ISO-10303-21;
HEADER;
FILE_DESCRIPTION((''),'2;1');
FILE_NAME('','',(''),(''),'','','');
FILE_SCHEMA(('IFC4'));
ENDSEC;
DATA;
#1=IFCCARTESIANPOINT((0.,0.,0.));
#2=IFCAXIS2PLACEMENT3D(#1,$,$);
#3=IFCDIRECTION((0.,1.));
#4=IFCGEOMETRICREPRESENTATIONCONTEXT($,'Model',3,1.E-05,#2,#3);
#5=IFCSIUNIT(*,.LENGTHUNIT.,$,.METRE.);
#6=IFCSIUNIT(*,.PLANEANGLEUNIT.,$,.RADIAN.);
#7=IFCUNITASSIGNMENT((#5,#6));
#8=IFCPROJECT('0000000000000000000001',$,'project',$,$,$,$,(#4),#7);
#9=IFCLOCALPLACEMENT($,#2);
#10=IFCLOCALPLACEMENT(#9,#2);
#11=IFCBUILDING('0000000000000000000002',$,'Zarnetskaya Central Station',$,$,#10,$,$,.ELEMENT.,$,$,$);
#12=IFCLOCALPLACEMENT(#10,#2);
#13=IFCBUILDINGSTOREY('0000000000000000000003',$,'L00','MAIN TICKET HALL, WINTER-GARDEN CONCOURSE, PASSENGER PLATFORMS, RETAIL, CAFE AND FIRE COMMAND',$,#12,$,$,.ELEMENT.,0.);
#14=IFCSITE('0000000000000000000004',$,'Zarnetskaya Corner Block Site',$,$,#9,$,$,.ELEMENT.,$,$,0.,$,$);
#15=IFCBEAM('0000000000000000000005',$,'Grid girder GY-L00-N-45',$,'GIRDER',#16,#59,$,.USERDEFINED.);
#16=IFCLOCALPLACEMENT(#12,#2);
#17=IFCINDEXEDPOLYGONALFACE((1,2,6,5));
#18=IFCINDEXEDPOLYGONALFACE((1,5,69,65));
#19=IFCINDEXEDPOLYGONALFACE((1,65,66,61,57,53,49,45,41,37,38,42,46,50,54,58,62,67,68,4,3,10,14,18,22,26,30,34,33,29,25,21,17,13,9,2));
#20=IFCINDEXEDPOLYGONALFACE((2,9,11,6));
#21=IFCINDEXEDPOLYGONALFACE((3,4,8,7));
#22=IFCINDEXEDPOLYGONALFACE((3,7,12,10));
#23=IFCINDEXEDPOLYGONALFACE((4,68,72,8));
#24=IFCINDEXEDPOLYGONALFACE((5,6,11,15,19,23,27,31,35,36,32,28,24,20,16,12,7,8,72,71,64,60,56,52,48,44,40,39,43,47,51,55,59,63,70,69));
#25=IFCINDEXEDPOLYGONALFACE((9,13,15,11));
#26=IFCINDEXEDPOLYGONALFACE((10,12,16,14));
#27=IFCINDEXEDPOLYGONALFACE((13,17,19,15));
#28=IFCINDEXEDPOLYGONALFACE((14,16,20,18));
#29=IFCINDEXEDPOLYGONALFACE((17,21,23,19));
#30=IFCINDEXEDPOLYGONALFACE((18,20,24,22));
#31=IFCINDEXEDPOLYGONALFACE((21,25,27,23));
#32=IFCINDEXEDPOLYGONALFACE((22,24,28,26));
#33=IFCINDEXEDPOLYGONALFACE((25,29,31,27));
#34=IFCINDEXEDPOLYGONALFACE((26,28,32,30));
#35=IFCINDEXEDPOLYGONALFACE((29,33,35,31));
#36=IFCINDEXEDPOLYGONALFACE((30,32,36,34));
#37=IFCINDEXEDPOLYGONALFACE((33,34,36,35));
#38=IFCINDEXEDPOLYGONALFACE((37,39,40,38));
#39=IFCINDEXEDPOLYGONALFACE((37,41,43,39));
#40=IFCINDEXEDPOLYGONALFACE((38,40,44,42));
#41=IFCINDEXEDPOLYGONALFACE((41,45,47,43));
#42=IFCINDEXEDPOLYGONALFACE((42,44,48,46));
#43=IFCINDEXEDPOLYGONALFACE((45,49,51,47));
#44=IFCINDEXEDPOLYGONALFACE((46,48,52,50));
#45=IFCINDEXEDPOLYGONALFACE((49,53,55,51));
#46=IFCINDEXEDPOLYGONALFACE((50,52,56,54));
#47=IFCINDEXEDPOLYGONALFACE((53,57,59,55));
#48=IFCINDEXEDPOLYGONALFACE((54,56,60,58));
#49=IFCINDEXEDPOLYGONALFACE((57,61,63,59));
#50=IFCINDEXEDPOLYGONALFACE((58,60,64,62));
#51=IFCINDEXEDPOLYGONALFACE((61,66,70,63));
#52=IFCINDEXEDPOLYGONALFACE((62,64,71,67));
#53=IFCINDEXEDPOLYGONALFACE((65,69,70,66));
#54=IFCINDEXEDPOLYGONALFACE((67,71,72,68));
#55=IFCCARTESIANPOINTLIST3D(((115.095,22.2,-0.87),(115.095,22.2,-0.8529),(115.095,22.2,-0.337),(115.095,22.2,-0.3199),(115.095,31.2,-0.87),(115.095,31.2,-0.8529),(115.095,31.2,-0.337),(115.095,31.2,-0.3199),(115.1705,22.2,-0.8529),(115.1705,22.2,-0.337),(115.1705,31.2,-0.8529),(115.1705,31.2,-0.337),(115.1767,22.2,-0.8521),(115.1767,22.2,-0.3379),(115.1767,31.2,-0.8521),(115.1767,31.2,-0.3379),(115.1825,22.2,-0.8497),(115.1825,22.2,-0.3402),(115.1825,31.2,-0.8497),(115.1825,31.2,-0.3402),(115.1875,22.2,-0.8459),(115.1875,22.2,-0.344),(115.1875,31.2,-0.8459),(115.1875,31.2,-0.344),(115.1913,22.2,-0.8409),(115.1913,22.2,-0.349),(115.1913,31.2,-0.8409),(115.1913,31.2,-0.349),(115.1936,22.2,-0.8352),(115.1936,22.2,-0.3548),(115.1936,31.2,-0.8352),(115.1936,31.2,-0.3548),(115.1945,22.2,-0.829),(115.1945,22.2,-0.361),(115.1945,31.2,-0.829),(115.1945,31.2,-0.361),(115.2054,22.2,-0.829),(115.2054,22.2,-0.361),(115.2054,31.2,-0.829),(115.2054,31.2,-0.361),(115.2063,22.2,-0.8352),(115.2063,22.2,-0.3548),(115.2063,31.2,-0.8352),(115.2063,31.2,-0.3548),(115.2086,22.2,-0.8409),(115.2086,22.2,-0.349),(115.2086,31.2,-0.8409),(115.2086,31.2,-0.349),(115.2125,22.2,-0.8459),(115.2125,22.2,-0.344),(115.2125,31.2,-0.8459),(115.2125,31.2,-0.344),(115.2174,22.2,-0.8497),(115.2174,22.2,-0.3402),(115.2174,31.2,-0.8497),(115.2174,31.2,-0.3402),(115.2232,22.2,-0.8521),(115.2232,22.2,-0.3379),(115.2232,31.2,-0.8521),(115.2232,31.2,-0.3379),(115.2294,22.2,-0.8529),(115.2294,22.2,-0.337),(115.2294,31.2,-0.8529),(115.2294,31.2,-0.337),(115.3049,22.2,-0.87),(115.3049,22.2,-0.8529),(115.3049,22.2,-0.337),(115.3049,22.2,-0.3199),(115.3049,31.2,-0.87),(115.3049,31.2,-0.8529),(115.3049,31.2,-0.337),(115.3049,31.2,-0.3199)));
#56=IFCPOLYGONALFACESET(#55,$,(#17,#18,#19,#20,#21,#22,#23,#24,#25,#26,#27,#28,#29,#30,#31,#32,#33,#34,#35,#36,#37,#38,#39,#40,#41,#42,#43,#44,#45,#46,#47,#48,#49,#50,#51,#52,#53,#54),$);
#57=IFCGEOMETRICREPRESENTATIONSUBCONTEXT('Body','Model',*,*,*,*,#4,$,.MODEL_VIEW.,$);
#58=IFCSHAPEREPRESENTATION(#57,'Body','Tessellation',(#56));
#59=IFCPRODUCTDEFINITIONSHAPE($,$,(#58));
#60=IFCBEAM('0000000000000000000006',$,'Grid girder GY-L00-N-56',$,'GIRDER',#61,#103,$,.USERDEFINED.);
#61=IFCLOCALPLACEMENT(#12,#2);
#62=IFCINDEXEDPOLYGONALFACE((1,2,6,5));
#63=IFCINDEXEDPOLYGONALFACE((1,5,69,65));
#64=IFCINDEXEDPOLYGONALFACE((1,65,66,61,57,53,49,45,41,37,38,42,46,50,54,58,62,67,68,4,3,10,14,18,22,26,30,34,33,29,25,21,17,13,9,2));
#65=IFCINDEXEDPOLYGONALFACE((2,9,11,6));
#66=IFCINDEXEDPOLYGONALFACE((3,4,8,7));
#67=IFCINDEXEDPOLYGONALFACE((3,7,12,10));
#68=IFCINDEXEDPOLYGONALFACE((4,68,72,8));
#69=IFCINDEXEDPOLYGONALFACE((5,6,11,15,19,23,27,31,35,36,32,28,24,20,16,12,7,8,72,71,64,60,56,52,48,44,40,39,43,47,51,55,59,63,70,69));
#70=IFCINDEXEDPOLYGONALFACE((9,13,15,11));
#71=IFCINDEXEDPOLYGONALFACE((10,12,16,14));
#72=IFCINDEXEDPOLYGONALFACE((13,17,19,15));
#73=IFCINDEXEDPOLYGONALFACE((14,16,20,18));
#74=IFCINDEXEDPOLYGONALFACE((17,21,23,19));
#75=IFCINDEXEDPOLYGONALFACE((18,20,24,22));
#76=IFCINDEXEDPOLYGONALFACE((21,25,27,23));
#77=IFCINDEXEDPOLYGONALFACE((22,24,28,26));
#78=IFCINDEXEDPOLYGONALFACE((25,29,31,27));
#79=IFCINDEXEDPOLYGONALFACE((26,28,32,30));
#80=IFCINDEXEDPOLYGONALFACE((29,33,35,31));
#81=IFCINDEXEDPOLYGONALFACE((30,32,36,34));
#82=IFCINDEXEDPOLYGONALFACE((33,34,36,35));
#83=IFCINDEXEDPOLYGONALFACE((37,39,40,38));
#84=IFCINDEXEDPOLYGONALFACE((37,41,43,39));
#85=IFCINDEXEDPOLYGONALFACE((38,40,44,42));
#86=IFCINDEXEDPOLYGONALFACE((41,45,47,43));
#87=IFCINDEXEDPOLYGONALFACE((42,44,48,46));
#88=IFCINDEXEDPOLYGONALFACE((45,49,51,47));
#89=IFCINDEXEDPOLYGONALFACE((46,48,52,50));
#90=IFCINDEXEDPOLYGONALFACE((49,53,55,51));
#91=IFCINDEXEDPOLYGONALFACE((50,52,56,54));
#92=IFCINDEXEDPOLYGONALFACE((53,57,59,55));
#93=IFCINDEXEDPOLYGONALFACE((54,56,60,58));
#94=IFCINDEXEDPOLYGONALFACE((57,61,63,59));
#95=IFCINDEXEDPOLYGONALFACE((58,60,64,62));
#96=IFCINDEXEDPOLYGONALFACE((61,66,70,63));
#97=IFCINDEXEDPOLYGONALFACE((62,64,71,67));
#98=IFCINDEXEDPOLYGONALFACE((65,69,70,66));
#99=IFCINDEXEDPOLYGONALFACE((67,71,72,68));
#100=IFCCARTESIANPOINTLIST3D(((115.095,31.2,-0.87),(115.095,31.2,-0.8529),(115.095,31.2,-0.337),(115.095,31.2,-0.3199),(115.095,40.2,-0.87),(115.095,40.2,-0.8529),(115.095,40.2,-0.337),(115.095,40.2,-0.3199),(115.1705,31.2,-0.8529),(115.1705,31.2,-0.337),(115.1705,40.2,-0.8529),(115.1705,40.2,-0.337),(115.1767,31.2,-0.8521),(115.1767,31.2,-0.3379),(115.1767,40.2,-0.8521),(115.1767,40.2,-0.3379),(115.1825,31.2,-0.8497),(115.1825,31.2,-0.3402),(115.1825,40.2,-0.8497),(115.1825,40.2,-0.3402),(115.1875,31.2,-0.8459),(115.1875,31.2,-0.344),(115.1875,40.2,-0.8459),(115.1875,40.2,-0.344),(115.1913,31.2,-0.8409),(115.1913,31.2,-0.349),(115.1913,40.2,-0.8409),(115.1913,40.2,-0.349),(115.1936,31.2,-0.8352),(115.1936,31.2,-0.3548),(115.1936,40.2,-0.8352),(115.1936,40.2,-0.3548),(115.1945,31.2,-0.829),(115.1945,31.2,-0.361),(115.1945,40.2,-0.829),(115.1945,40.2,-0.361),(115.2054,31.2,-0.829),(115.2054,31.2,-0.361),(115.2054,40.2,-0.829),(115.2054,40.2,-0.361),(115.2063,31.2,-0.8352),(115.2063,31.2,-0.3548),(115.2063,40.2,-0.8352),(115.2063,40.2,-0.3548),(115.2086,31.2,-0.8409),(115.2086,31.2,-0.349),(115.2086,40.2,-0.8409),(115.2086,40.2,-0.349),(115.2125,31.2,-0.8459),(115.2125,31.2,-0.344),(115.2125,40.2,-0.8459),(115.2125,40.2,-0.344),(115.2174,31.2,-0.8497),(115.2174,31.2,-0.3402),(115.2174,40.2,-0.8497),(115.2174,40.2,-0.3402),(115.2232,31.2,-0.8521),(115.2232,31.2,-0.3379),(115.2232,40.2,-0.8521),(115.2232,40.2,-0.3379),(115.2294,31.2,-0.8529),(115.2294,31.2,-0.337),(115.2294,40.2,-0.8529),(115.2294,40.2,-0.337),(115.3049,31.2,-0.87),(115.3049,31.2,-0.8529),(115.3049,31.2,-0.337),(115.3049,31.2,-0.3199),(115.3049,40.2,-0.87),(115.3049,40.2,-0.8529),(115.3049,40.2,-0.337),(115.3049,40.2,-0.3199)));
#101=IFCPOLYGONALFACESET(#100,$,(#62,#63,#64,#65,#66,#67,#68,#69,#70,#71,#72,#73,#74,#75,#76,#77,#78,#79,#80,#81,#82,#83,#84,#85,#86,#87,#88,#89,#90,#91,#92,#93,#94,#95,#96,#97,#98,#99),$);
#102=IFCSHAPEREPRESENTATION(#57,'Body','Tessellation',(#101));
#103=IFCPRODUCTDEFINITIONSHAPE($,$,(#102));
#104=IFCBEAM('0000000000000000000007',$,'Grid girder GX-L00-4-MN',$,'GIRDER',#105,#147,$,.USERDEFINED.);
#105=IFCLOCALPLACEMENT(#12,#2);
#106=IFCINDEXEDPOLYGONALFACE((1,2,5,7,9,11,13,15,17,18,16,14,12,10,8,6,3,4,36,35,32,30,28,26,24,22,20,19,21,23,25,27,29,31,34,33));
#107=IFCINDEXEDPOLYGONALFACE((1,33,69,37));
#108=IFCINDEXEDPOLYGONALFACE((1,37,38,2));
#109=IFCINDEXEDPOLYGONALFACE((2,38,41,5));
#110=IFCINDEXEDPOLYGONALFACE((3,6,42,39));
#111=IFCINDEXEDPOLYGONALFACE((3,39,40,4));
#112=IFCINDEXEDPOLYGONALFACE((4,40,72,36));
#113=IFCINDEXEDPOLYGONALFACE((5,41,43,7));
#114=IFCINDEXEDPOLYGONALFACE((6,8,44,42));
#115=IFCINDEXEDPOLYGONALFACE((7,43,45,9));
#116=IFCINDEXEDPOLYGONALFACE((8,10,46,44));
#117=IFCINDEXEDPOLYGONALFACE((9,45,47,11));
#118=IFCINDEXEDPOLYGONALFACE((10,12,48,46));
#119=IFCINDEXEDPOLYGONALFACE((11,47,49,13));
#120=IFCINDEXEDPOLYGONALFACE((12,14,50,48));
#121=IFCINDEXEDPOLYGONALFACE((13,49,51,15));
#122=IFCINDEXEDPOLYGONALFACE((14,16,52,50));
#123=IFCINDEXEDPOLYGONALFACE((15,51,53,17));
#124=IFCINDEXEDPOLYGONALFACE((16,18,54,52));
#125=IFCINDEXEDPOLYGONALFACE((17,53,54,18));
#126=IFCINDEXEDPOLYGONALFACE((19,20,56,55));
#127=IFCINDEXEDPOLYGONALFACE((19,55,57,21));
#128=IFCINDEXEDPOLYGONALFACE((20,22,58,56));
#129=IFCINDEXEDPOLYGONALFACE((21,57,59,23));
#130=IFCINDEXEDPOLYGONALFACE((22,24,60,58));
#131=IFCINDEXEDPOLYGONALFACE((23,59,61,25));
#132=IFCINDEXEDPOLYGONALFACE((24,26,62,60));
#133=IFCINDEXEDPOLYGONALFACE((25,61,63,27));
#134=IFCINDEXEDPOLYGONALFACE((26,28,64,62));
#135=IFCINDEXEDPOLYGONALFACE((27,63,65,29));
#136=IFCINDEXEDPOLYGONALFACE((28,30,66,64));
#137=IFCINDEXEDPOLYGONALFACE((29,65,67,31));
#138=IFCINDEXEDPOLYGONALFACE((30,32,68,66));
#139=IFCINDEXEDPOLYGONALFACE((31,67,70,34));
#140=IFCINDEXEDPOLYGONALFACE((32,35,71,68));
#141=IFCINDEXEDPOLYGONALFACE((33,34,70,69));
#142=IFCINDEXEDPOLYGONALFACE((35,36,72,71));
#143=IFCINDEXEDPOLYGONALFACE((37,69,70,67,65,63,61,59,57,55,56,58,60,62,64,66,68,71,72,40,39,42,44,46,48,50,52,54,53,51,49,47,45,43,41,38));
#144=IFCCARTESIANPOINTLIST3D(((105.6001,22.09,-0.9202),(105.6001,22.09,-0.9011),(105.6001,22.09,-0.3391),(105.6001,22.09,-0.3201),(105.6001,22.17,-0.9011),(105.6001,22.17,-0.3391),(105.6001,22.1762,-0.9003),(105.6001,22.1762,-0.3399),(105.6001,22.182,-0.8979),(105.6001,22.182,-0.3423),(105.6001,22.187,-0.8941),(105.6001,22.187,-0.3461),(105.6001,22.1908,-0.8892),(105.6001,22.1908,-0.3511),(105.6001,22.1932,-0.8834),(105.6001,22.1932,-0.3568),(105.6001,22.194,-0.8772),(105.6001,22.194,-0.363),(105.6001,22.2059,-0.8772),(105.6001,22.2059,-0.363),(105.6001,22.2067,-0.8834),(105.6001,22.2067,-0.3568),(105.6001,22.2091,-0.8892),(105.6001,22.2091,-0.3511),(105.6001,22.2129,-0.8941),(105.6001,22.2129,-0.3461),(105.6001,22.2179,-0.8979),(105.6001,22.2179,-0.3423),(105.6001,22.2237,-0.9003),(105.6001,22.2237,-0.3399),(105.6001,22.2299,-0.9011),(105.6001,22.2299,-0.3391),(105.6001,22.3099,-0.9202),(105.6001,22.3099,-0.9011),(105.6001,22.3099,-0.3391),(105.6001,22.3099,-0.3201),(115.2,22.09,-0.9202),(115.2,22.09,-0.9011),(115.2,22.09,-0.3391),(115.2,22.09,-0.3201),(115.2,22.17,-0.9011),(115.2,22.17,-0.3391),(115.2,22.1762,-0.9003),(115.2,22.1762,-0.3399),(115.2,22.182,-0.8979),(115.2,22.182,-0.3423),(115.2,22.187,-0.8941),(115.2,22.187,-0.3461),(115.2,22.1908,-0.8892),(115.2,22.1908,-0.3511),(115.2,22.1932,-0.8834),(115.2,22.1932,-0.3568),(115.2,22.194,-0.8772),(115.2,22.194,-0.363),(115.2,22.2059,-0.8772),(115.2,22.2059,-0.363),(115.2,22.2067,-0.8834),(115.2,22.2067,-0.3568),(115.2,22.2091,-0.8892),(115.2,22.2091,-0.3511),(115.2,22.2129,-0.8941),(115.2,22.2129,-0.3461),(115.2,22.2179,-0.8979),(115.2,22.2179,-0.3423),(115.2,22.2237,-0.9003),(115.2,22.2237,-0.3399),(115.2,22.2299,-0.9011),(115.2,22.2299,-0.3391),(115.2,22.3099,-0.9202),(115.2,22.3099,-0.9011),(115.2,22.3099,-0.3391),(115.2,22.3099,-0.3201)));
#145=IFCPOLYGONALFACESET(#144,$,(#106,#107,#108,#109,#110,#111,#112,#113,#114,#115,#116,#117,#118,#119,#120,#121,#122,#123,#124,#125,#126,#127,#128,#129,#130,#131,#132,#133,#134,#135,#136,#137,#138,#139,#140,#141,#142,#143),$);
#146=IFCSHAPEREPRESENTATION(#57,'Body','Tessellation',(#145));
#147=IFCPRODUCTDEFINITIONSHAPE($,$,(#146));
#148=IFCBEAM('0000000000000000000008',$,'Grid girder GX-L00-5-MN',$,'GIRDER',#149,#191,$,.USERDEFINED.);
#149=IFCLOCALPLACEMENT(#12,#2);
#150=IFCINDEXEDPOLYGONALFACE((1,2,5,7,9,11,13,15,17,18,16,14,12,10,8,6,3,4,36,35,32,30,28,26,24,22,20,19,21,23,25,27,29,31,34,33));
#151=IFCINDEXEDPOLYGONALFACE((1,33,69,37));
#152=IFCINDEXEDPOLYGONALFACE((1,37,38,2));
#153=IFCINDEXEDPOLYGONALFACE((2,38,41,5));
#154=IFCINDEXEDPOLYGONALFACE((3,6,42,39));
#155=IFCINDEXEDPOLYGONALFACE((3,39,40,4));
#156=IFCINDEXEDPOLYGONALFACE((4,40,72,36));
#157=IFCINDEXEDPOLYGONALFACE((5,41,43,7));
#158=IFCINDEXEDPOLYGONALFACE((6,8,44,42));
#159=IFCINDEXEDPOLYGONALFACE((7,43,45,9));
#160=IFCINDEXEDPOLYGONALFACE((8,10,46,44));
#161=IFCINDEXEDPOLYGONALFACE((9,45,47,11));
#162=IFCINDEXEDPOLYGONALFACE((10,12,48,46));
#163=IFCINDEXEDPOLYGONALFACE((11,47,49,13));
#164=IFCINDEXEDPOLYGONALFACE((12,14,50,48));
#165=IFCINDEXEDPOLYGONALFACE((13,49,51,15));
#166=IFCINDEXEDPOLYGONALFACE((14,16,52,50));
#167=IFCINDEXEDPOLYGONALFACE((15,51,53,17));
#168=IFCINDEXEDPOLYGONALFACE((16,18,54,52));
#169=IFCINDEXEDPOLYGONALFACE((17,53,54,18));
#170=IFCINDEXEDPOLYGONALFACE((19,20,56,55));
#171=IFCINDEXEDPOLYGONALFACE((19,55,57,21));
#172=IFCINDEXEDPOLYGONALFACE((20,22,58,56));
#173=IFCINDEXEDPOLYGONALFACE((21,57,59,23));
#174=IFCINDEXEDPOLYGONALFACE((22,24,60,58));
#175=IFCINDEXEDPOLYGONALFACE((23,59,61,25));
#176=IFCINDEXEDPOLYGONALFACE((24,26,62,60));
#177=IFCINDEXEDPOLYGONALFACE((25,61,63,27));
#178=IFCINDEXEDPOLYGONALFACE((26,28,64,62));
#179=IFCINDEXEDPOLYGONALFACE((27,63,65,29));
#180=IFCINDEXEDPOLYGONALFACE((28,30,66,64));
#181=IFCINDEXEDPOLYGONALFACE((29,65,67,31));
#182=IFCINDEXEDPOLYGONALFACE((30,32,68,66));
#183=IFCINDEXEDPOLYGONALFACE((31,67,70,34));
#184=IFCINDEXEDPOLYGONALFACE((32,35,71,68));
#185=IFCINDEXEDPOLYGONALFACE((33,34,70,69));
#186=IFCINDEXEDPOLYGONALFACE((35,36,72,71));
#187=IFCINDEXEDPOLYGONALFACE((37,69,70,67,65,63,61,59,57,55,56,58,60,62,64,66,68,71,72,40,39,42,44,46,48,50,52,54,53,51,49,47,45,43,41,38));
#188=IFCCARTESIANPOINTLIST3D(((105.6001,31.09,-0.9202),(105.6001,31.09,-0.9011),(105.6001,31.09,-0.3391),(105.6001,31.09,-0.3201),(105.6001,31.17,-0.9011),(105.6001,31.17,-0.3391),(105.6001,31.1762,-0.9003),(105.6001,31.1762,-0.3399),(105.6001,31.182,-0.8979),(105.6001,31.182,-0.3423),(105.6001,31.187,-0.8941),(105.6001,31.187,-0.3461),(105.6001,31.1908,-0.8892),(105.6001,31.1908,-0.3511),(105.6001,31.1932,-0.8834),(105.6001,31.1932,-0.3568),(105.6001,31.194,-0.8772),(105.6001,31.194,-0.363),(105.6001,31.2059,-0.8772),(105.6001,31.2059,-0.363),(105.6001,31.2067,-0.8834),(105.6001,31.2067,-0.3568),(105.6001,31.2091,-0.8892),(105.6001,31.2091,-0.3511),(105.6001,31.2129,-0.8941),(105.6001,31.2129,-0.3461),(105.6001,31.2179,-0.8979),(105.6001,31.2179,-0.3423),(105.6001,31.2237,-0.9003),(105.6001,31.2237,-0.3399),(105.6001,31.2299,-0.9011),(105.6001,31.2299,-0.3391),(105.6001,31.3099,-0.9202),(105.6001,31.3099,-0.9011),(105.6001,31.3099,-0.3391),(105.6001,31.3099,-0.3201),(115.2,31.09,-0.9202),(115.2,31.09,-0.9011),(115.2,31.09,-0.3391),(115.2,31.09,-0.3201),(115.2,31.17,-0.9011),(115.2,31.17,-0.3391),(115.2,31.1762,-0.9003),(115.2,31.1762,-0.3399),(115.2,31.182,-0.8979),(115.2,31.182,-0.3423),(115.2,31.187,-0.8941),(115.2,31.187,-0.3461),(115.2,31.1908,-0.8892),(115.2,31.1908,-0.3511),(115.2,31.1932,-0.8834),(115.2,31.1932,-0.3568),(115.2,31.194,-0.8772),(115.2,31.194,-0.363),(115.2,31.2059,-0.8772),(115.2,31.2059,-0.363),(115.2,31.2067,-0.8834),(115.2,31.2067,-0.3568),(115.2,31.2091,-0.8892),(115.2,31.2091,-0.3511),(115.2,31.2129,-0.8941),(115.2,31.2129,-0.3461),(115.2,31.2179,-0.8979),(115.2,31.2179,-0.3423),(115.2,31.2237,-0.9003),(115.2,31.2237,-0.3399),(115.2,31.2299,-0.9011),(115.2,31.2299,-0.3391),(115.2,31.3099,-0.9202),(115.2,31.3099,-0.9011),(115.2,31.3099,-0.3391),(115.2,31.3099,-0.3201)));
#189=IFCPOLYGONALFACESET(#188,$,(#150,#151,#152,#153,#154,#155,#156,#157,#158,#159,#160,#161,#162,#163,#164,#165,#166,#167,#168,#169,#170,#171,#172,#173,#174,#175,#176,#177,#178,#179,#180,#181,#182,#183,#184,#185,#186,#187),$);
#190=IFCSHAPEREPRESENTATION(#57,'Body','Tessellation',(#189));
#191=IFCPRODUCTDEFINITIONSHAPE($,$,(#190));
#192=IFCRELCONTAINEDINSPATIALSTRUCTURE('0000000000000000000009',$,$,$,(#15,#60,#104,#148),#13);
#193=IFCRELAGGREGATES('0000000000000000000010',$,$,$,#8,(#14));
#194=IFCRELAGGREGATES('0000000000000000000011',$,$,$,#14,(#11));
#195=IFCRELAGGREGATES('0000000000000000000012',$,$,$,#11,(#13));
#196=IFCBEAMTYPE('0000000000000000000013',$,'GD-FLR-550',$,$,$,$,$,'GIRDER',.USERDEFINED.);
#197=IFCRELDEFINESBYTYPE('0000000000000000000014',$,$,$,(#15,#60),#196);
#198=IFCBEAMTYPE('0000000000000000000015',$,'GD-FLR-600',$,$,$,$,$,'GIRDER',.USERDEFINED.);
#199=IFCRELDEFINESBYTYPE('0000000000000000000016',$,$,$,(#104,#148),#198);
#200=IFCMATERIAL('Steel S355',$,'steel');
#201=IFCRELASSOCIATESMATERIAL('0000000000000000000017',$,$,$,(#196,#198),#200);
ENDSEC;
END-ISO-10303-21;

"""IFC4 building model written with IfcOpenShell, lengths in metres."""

from ifc_helpers import new_model, si_unit, direction, frame, origin, origin_2d, place, context, subcontext, project, spatial, i_section, extrude, material, material_profile, profile_set, type_object, element, save


model = new_model("IFC4")

# Units and contexts
model_context = context("Model", 3, precision=1e-05, world=origin(), true_north=direction((0.0, 1.0)))
body_context = subcontext(model_context, "Body", "Model", "MODEL_VIEW")
ifc_project = project(units=[si_unit("LENGTHUNIT", "METRE"), si_unit("PLANEANGLEUNIT", "RADIAN")], contexts=[model_context])

# Site, building, storey
site_placement = place(None, origin())
site = spatial("IfcSite", under=ifc_project, at=site_placement, Name="Zarnetskaya Corner Block Site", CompositionType="ELEMENT", RefElevation=0.0)
building_placement = place(site_placement, origin())
building = spatial("IfcBuilding", under=site, at=building_placement, Name="Zarnetskaya Central Station", CompositionType="ELEMENT")
storey_placement = place(building_placement, origin())
storey = spatial("IfcBuildingStorey", under=building, at=storey_placement, Name="L00", Description="MAIN TICKET HALL, WINTER-GARDEN CONCOURSE, PASSENGER PLATFORMS, RETAIL, CAFE AND FIRE COMMAND", CompositionType="ELEMENT", Elevation=0.0)

# Shared definitions
ifc_material = material(Name="Steel S355", Category="steel")

# Beams
ifc_material_profile_1 = material_profile(ifc_material, i_section(OverallWidth=0.21, OverallDepth=0.55, WebThickness=0.011, FlangeThickness=0.0171, FilletRadius=0.0239, at=origin_2d()), Name="IPE 550")
ifc_profile_set_1 = profile_set([ifc_material_profile_1], Name="Steel S355")
beam_type_1 = type_object("IfcBeamType", Name="GD-FLR-550", ElementType="GIRDER", PredefinedType="USERDEFINED", material=ifc_profile_set_1)
for number, where, z_axis, x_axis, name in (
    (1, (115.2, 22.2, -0.595), (0.0, 1.0, 0.0), (-1.0, 0.0, 0.0), "Grid girder GY-L00-N-45"),
    (2, (115.2, 31.2, -0.595), (0.0, 1.0, 0.0), (-1.0, 0.0, 0.0), "Grid girder GY-L00-N-56"),
):
    element("IfcBeam", number, at=place(storey_placement, frame(where, z_axis=z_axis, x_axis=x_axis)), inside=storey, type_object=beam_type_1, Name=name, ObjectType="GIRDER", PredefinedType="USERDEFINED", context=body_context, shape_type="SweptSolid", body=[
        extrude(i_section(OverallWidth=0.21, OverallDepth=0.55, WebThickness=0.011, FlangeThickness=0.0171, FilletRadius=0.0239, at=origin_2d()), origin(), (0.0, 0.0, 1.0), 9.0),
    ])
ifc_material_profile_2 = material_profile(ifc_material, i_section(OverallWidth=0.22, OverallDepth=0.6001, WebThickness=0.012, FlangeThickness=0.019, FilletRadius=0.0239, at=origin_2d()), Name="IPE 600")
ifc_profile_set_2 = profile_set([ifc_material_profile_2], Name="Steel S355")
beam_type_2 = type_object("IfcBeamType", Name="GD-FLR-600", ElementType="GIRDER", PredefinedType="USERDEFINED", material=ifc_profile_set_2)
for number, where, z_axis, x_axis, name in (
    (3, (105.6001, 22.2, -0.6201), (1.0, 0.0, 0.0), (0.0, 1.0, 0.0), "Grid girder GX-L00-4-MN"),
    (4, (105.6001, 31.2, -0.6201), (1.0, 0.0, 0.0), (0.0, 1.0, 0.0), "Grid girder GX-L00-5-MN"),
):
    element("IfcBeam", number, at=place(storey_placement, frame(where, z_axis=z_axis, x_axis=x_axis)), inside=storey, type_object=beam_type_2, Name=name, ObjectType="GIRDER", PredefinedType="USERDEFINED", context=body_context, shape_type="SweptSolid", body=[
        extrude(i_section(OverallWidth=0.22, OverallDepth=0.6001, WebThickness=0.012, FlangeThickness=0.019, FilletRadius=0.0239, at=origin_2d()), origin(), (0.0, 0.0, 1.0), 9.5999),
    ])

save(model, "model.ifc")
